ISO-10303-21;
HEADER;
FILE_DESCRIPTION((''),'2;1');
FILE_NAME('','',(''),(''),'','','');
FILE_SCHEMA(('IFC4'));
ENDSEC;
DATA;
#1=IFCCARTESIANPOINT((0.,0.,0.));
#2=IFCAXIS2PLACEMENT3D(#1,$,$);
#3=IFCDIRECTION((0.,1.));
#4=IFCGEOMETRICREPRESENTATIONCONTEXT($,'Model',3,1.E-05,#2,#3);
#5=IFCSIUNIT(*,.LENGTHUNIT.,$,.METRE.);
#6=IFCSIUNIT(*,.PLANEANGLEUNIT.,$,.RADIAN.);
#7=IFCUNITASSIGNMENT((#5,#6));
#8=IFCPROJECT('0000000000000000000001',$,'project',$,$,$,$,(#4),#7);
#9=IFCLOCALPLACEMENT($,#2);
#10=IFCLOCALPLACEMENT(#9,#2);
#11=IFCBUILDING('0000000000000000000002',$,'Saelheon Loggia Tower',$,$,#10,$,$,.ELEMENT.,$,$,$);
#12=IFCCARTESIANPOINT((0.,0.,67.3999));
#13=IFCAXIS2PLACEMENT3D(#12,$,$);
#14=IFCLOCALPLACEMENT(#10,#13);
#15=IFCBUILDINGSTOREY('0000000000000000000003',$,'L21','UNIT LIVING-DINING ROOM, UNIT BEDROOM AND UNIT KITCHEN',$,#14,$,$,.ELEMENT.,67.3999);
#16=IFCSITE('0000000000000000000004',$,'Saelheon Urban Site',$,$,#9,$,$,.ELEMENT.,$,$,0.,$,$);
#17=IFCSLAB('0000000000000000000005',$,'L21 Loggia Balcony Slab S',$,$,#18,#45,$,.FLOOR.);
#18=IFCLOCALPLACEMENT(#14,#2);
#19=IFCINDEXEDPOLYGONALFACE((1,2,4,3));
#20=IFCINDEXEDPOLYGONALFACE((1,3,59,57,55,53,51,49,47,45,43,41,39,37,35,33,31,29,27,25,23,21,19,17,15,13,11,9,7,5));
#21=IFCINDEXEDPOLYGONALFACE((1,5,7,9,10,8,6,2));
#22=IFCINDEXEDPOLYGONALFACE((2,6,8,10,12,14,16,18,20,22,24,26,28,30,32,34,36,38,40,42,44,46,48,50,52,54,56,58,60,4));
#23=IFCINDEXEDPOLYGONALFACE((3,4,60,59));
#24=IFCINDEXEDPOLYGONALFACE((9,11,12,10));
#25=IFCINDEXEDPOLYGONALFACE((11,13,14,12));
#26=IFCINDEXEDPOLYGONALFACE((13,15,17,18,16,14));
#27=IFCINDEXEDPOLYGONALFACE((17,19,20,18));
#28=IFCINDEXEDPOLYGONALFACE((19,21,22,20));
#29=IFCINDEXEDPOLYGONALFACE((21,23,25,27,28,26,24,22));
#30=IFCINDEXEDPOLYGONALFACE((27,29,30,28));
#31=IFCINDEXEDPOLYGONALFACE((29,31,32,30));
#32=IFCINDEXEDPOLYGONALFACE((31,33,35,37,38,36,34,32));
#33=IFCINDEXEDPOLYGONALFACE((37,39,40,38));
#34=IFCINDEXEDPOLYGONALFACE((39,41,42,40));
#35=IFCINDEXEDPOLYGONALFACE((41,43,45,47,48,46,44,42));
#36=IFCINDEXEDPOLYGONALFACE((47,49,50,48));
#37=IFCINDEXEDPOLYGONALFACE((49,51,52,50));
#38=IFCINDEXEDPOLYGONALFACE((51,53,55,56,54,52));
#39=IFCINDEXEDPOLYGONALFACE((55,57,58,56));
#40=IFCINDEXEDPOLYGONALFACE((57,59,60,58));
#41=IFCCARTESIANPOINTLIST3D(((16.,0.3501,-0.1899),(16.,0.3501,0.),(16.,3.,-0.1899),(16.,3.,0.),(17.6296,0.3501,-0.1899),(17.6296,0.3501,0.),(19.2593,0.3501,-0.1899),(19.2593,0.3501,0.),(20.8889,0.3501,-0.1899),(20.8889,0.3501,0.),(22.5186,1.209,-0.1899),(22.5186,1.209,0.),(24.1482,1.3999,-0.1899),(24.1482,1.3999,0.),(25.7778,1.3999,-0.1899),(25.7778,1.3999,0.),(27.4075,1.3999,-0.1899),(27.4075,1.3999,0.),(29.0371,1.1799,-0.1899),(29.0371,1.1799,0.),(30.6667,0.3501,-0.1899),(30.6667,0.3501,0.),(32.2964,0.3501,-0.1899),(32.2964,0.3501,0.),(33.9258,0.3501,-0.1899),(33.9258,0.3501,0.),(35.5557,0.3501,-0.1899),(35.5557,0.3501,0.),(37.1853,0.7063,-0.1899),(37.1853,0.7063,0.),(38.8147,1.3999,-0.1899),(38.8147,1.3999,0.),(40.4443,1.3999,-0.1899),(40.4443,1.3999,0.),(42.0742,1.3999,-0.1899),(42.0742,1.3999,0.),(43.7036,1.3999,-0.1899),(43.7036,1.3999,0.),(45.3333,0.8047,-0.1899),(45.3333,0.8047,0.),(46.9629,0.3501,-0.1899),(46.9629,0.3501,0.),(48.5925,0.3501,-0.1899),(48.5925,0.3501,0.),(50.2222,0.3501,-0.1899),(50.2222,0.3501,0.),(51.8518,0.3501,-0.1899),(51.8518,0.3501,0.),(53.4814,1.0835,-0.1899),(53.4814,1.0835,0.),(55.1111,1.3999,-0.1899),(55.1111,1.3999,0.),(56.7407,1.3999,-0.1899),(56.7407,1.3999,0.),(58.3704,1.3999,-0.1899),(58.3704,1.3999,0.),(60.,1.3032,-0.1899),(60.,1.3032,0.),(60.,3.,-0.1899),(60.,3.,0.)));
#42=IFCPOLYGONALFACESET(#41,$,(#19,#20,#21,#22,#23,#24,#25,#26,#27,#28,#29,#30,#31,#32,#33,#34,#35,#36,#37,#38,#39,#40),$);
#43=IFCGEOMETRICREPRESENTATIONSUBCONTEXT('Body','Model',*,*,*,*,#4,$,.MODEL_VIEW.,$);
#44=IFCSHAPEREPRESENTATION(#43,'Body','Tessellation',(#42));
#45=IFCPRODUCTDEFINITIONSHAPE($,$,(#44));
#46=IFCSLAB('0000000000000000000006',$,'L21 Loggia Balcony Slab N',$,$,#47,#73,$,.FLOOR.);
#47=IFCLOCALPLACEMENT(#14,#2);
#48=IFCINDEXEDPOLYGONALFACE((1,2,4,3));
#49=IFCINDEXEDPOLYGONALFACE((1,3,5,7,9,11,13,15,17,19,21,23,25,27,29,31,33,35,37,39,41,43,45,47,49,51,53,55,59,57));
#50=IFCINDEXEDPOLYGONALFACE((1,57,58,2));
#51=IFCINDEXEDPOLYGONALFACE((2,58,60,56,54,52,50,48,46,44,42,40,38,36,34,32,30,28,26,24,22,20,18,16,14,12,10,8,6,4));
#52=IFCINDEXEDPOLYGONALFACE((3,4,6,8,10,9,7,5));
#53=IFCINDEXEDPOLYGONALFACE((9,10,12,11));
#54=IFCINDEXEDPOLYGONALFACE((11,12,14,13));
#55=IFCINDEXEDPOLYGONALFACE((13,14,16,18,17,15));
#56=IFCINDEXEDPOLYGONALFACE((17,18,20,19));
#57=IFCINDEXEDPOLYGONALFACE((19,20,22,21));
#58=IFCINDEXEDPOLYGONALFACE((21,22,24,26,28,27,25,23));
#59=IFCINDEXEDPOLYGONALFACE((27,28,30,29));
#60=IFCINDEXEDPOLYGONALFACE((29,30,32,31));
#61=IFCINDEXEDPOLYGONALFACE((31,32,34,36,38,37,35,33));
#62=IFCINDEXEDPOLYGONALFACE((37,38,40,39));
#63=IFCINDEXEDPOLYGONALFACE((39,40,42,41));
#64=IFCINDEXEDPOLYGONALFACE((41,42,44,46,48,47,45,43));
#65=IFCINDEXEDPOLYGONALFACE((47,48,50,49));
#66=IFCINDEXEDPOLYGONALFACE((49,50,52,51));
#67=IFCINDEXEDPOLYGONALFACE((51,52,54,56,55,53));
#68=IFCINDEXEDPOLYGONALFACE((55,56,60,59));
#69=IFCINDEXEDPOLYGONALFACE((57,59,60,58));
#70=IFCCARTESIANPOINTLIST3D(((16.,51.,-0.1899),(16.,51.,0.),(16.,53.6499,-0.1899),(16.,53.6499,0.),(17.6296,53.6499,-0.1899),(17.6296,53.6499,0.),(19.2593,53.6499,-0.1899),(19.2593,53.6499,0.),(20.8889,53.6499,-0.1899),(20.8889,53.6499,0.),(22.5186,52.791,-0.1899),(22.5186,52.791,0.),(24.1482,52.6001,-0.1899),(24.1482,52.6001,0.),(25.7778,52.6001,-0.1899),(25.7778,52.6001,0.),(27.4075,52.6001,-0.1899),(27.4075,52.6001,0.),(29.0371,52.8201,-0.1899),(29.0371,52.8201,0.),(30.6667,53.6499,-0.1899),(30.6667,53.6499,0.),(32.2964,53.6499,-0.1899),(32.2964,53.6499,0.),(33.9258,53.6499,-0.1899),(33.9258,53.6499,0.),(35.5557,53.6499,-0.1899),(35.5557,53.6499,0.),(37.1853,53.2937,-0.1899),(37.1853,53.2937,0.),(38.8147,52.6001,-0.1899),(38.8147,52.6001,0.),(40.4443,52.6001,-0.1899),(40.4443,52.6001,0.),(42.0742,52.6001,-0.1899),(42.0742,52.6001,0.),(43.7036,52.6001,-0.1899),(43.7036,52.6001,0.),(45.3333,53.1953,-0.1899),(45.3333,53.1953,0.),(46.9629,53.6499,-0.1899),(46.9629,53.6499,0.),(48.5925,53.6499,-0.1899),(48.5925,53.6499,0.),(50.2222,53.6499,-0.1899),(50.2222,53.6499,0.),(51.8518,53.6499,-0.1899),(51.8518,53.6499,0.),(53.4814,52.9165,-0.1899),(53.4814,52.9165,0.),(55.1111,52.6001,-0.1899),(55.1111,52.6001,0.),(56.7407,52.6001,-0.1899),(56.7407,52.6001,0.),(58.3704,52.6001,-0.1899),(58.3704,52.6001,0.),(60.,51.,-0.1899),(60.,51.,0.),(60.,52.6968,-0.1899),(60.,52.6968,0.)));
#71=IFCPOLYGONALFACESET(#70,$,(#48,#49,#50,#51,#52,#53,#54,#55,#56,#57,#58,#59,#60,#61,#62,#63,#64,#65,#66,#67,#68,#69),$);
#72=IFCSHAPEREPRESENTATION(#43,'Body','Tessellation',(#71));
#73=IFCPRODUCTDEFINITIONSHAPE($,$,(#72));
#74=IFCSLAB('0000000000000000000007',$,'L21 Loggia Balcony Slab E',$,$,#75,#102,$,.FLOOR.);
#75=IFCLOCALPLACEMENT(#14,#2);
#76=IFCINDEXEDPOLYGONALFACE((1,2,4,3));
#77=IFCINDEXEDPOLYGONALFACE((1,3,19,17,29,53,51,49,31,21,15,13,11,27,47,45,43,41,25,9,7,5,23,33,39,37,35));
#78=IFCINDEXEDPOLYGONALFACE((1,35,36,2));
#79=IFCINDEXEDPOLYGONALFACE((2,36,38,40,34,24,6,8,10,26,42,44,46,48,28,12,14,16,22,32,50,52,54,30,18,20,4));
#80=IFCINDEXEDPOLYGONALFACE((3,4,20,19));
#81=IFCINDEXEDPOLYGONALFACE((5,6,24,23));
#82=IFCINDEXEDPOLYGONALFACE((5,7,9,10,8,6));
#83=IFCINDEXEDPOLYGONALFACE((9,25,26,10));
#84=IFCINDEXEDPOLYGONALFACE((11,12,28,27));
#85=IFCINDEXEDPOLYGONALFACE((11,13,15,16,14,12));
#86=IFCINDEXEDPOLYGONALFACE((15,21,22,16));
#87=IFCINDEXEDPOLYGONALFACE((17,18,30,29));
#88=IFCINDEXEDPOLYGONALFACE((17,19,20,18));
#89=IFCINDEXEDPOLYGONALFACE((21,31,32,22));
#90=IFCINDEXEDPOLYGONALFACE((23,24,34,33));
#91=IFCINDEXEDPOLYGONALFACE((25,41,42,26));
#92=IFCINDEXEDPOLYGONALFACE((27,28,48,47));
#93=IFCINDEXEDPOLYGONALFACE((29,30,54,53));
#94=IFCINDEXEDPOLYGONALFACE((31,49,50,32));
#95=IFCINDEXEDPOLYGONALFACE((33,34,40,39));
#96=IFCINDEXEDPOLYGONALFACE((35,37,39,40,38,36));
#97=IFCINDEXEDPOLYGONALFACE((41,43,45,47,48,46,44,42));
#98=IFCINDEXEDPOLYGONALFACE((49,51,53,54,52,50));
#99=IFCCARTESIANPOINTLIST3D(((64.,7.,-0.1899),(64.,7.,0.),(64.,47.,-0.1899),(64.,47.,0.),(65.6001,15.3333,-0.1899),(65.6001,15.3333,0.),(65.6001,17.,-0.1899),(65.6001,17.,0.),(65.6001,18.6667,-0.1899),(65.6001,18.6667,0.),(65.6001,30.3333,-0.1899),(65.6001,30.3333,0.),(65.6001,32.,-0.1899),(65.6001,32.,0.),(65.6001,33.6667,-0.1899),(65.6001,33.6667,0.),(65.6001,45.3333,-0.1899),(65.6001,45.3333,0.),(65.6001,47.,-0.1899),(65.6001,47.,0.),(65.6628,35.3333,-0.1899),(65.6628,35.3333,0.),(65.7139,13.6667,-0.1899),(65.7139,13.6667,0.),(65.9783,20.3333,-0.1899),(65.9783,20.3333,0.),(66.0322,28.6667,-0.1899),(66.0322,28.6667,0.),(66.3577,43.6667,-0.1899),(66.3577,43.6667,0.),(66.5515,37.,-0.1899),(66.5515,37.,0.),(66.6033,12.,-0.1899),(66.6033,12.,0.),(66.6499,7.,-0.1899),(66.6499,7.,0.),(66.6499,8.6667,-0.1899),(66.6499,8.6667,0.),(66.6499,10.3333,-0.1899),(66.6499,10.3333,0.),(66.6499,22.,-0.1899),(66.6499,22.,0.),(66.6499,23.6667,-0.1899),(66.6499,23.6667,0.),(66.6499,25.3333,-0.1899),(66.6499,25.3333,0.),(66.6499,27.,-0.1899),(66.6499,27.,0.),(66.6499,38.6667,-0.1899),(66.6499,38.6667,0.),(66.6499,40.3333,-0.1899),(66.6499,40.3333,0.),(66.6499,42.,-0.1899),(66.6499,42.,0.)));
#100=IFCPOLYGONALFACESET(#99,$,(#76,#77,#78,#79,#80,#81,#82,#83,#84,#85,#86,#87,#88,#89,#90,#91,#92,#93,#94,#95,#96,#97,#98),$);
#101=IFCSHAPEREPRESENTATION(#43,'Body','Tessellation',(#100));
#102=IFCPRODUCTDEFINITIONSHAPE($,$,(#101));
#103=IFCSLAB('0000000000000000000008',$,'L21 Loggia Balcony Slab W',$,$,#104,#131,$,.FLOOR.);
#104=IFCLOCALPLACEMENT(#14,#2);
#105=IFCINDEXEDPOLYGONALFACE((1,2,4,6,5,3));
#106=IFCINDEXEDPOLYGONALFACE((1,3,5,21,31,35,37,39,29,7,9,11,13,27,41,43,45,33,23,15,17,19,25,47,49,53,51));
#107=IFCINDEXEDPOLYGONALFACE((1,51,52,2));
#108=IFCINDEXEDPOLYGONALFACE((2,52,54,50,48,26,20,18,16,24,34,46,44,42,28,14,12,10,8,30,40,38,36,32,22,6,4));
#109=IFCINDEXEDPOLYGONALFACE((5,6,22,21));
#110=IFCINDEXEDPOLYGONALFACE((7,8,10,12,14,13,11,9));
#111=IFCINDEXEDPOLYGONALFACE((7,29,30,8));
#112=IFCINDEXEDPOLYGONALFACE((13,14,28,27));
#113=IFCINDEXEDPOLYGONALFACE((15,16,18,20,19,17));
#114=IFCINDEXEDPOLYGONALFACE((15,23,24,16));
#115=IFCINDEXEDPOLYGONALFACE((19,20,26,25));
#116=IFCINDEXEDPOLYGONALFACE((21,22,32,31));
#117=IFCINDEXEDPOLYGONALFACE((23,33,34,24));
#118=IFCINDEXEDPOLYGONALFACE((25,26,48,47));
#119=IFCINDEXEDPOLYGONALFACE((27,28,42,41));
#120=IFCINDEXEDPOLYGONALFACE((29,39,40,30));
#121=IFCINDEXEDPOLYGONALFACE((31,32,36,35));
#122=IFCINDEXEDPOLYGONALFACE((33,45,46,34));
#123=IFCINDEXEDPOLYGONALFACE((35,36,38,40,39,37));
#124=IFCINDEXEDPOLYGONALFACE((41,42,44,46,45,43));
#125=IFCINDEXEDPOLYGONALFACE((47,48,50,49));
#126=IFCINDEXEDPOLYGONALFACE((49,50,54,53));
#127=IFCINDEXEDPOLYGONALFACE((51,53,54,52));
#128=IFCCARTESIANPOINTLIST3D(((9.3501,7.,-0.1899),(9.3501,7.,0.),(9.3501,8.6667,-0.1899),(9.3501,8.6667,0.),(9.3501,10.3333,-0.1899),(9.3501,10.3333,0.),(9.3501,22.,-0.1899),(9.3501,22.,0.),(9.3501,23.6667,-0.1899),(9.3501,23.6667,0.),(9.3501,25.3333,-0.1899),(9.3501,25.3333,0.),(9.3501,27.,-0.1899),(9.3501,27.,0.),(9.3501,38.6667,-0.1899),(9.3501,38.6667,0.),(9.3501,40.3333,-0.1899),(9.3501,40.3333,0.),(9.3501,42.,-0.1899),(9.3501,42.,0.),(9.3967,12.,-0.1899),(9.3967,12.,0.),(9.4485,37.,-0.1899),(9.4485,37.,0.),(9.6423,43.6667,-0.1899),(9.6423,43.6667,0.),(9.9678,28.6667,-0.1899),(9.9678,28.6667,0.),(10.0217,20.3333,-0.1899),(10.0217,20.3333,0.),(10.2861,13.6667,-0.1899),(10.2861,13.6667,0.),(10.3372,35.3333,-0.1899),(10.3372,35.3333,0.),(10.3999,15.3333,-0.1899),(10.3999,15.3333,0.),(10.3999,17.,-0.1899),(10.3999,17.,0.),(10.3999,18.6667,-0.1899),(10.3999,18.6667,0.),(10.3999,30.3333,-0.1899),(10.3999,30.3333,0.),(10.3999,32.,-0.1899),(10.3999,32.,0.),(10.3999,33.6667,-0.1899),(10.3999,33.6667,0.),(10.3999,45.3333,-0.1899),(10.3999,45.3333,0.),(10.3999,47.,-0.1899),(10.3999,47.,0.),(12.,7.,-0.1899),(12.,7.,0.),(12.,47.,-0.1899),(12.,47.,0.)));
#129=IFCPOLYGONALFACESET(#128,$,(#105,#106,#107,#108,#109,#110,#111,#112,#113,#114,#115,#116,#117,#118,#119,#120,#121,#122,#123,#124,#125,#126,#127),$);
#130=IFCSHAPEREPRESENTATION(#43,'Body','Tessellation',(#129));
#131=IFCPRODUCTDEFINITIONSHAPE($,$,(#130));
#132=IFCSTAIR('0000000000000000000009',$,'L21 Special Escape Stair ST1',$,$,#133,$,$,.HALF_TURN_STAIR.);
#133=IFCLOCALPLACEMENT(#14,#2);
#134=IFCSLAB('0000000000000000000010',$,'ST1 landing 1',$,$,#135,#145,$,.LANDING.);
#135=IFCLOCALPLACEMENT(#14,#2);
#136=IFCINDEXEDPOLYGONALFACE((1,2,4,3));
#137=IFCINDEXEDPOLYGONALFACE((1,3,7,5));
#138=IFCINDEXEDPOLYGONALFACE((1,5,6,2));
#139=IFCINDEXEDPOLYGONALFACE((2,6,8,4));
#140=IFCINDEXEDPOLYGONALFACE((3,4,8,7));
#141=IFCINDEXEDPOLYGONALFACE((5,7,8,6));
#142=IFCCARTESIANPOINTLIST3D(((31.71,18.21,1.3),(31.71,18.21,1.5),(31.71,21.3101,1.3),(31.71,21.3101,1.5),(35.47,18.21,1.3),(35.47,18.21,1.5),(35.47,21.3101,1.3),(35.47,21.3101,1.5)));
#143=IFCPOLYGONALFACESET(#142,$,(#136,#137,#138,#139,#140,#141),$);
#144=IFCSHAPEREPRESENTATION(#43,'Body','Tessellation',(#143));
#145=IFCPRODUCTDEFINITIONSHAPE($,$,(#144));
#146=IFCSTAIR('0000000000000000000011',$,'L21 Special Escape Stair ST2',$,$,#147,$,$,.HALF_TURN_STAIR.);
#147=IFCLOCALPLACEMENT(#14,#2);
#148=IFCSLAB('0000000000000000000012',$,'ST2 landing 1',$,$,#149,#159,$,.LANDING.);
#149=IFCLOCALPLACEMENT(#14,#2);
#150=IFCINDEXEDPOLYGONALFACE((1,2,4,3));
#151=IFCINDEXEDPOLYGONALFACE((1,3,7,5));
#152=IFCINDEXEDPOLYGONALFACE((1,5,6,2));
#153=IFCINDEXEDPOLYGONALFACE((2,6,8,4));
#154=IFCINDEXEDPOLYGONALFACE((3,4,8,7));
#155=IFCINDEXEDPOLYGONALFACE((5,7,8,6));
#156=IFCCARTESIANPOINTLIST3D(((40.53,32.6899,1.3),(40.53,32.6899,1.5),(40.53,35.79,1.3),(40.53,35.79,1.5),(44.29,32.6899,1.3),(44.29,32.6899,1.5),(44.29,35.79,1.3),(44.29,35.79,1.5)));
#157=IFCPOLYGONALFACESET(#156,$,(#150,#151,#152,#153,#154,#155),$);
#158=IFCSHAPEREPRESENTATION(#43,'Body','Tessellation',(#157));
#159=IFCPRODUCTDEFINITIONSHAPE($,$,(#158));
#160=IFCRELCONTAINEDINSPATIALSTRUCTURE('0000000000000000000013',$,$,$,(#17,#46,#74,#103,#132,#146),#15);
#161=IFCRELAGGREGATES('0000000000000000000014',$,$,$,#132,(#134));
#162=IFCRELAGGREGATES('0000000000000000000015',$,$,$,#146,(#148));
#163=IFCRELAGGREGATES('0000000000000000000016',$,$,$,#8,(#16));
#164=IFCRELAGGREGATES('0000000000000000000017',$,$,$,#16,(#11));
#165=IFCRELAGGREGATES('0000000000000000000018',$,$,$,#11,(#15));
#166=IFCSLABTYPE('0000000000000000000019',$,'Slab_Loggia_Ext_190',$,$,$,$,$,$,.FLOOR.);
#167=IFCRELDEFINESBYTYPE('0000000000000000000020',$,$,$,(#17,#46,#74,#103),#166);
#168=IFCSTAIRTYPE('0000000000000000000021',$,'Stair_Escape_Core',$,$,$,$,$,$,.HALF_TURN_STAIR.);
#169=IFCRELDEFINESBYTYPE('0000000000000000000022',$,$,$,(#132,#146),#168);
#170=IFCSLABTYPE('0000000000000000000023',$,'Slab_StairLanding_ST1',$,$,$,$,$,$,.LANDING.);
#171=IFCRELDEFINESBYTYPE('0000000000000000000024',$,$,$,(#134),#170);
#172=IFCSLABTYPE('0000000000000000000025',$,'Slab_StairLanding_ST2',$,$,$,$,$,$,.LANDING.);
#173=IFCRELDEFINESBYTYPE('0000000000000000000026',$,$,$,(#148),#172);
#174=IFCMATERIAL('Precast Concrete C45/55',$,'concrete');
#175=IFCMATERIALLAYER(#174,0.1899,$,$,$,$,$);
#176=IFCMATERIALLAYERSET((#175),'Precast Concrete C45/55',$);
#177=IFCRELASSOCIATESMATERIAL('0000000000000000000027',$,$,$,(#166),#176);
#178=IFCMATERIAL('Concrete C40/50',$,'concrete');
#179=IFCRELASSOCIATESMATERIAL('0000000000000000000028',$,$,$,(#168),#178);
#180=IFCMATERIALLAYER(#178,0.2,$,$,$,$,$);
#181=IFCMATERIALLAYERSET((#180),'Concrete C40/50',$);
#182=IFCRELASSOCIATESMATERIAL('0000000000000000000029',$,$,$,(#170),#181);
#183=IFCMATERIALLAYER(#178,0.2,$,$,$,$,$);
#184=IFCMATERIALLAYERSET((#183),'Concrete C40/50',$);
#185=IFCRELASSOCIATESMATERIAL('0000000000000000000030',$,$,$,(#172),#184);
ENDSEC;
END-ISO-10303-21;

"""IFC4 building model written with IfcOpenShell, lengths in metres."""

from ifc_helpers import new_model, si_unit, direction, frame, origin, place, context, subcontext, project, spatial, polyline, outline, extrude, material, layer, layer_set, type_object, element, aggregate, save


model = new_model("IFC4")

# Units and contexts
model_context = context("Model", 3, precision=1e-05, world=origin(), true_north=direction((0.0, 1.0)))
body_context = subcontext(model_context, "Body", "Model", "MODEL_VIEW")
ifc_project = project(units=[si_unit("LENGTHUNIT", "METRE"), si_unit("PLANEANGLEUNIT", "RADIAN")], contexts=[model_context])

# Site, building, storey
site_placement = place(None, origin())
site = spatial("IfcSite", under=ifc_project, at=site_placement, Name="Saelheon Urban Site", CompositionType="ELEMENT", RefElevation=0.0)
building_placement = place(site_placement, origin())
building = spatial("IfcBuilding", under=site, at=building_placement, Name="Saelheon Loggia Tower", CompositionType="ELEMENT")
storey_placement = place(building_placement, frame((0.0, 0.0, 67.3999)))
storey = spatial("IfcBuildingStorey", under=building, at=storey_placement, Name="L21", Description="UNIT LIVING-DINING ROOM, UNIT BEDROOM AND UNIT KITCHEN", CompositionType="ELEMENT", Elevation=67.3999)

# Slabs
ifc_material_1 = material(Name="Precast Concrete C45/55", Category="concrete")
ifc_layer_1 = layer(ifc_material_1, 0.1899)
ifc_layer_set_1 = layer_set([ifc_layer_1], Name="Precast Concrete C45/55")
slab_type_1 = type_object("IfcSlabType", Name="Slab_Loggia_Ext_190", PredefinedType="FLOOR", material=ifc_layer_set_1)
slab_1_placement = place(storey_placement, frame((0.0, 0.0, -0.1899)))
element("IfcSlab", 1, at=slab_1_placement, inside=storey, type_object=slab_type_1, Name="L21 Loggia Balcony Slab S", PredefinedType="FLOOR", context=body_context, shape_type="SweptSolid", body=[
    extrude(outline(polyline([(16.0, 0.3501), (17.6296, 0.3501), (19.2593, 0.3501), (20.8889, 0.3501), (22.5186, 1.209), (24.1482, 1.3999), (25.7778, 1.3999), (27.4075, 1.3999), (29.0371, 1.1799), (30.6667, 0.3501), (32.2964, 0.3501), (33.9258, 0.3501), (35.5557, 0.3501), (37.1853, 0.7063), (38.8147, 1.3999), (40.4443, 1.3999), (42.0742, 1.3999), (43.7036, 1.3999), (45.3333, 0.8047), (46.9629, 0.3501), (48.5925, 0.3501), (50.2222, 0.3501), (51.8518, 0.3501), (53.4814, 1.0835), (55.1111, 1.3999), (56.7407, 1.3999), (58.3704, 1.3999), (60.0, 1.3032), (60.0, 3.0), (16.0, 3.0), (16.0, 0.3501)])), origin(), (0.0, 0.0, 1.0), 0.1899),
])
slab_2_placement = place(storey_placement, frame((0.0, 0.0, -0.1899)))
element("IfcSlab", 2, at=slab_2_placement, inside=storey, type_object=slab_type_1, Name="L21 Loggia Balcony Slab N", PredefinedType="FLOOR", context=body_context, shape_type="SweptSolid", body=[
    extrude(outline(polyline([(16.0, 51.0), (60.0, 51.0), (60.0, 52.6968), (58.3704, 52.6001), (56.7407, 52.6001), (55.1111, 52.6001), (53.4814, 52.9165), (51.8518, 53.6499), (50.2222, 53.6499), (48.5925, 53.6499), (46.9629, 53.6499), (45.3333, 53.1953), (43.7036, 52.6001), (42.0742, 52.6001), (40.4443, 52.6001), (38.8147, 52.6001), (37.1853, 53.2937), (35.5557, 53.6499), (33.9258, 53.6499), (32.2964, 53.6499), (30.6667, 53.6499), (29.0371, 52.8201), (27.4075, 52.6001), (25.7778, 52.6001), (24.1482, 52.6001), (22.5186, 52.791), (20.8889, 53.6499), (19.2593, 53.6499), (17.6296, 53.6499), (16.0, 53.6499), (16.0, 51.0)])), origin(), (0.0, 0.0, 1.0), 0.1899),
])
slab_3_placement = place(storey_placement, frame((0.0, 0.0, -0.1899)))
element("IfcSlab", 3, at=slab_3_placement, inside=storey, type_object=slab_type_1, Name="L21 Loggia Balcony Slab E", PredefinedType="FLOOR", context=body_context, shape_type="SweptSolid", body=[
    extrude(outline(polyline([(64.0, 7.0), (66.6499, 7.0), (66.6499, 8.6667), (66.6499, 10.3333), (66.6033, 12.0), (65.7139, 13.6667), (65.6001, 15.3333), (65.6001, 17.0), (65.6001, 18.6667), (65.9783, 20.3333), (66.6499, 22.0), (66.6499, 23.6667), (66.6499, 25.3333), (66.6499, 27.0), (66.0322, 28.6667), (65.6001, 30.3333), (65.6001, 32.0), (65.6001, 33.6667), (65.6628, 35.3333), (66.5515, 37.0), (66.6499, 38.6667), (66.6499, 40.3333), (66.6499, 42.0), (66.3577, 43.6667), (65.6001, 45.3333), (65.6001, 47.0), (64.0, 47.0), (64.0, 7.0)])), origin(), (0.0, 0.0, 1.0), 0.1899),
])
slab_4_placement = place(storey_placement, frame((0.0, 0.0, -0.1899)))
element("IfcSlab", 4, at=slab_4_placement, inside=storey, type_object=slab_type_1, Name="L21 Loggia Balcony Slab W", PredefinedType="FLOOR", context=body_context, shape_type="SweptSolid", body=[
    extrude(outline(polyline([(12.0, 7.0), (12.0, 47.0), (10.3999, 47.0), (10.3999, 45.3333), (9.6423, 43.6667), (9.3501, 42.0), (9.3501, 40.3333), (9.3501, 38.6667), (9.4485, 37.0), (10.3372, 35.3333), (10.3999, 33.6667), (10.3999, 32.0), (10.3999, 30.3333), (9.9678, 28.6667), (9.3501, 27.0), (9.3501, 25.3333), (9.3501, 23.6667), (9.3501, 22.0), (10.0217, 20.3333), (10.3999, 18.6667), (10.3999, 17.0), (10.3999, 15.3333), (10.2861, 13.6667), (9.3967, 12.0), (9.3501, 10.3333), (9.3501, 8.6667), (9.3501, 7.0), (12.0, 7.0)])), origin(), (0.0, 0.0, 1.0), 0.1899),
])

# Stairs, slabs
ifc_material_2 = material(Name="Concrete C40/50", Category="concrete")
stair_type = type_object("IfcStairType", Name="Stair_Escape_Core", PredefinedType="HALF_TURN_STAIR", material=ifc_material_2)
stair_1_placement = place(storey_placement, origin())
stair_1 = element("IfcStair", 5, at=stair_1_placement, inside=storey, type_object=stair_type, Name="L21 Special Escape Stair ST1", PredefinedType="HALF_TURN_STAIR")
ifc_layer_2 = layer(ifc_material_2, 0.2)
ifc_layer_set_2 = layer_set([ifc_layer_2], Name="Concrete C40/50")
slab_type_2 = type_object("IfcSlabType", Name="Slab_StairLanding_ST1", PredefinedType="LANDING", material=ifc_layer_set_2)
slab_5_placement = place(storey_placement, frame((0.0, 0.0, 1.3)))
slab_5 = element("IfcSlab", 6, at=slab_5_placement, type_object=slab_type_2, Name="ST1 landing 1", PredefinedType="LANDING", context=body_context, shape_type="SweptSolid", body=[
    extrude(outline(polyline([(31.71, 21.3101), (31.71, 18.21), (35.47, 18.21), (35.47, 21.3101), (31.71, 21.3101)])), origin(), (0.0, 0.0, 1.0), 0.2),
])
aggregate(stair_1, [slab_5])
stair_2_placement = place(storey_placement, origin())
stair_2 = element("IfcStair", 7, at=stair_2_placement, inside=storey, type_object=stair_type, Name="L21 Special Escape Stair ST2", PredefinedType="HALF_TURN_STAIR")
ifc_layer_3 = layer(ifc_material_2, 0.2)
ifc_layer_set_3 = layer_set([ifc_layer_3], Name="Concrete C40/50")
slab_type_3 = type_object("IfcSlabType", Name="Slab_StairLanding_ST2", PredefinedType="LANDING", material=ifc_layer_set_3)
slab_6_placement = place(storey_placement, frame((0.0, 0.0, 1.3)))
slab_6 = element("IfcSlab", 8, at=slab_6_placement, type_object=slab_type_3, Name="ST2 landing 1", PredefinedType="LANDING", context=body_context, shape_type="SweptSolid", body=[
    extrude(outline(polyline([(44.29, 32.6899), (44.29, 35.79), (40.53, 35.79), (40.53, 32.6899), (44.29, 32.6899)])), origin(), (0.0, 0.0, 1.0), 0.2),
])
aggregate(stair_2, [slab_6])

save(model, "model.ifc")
